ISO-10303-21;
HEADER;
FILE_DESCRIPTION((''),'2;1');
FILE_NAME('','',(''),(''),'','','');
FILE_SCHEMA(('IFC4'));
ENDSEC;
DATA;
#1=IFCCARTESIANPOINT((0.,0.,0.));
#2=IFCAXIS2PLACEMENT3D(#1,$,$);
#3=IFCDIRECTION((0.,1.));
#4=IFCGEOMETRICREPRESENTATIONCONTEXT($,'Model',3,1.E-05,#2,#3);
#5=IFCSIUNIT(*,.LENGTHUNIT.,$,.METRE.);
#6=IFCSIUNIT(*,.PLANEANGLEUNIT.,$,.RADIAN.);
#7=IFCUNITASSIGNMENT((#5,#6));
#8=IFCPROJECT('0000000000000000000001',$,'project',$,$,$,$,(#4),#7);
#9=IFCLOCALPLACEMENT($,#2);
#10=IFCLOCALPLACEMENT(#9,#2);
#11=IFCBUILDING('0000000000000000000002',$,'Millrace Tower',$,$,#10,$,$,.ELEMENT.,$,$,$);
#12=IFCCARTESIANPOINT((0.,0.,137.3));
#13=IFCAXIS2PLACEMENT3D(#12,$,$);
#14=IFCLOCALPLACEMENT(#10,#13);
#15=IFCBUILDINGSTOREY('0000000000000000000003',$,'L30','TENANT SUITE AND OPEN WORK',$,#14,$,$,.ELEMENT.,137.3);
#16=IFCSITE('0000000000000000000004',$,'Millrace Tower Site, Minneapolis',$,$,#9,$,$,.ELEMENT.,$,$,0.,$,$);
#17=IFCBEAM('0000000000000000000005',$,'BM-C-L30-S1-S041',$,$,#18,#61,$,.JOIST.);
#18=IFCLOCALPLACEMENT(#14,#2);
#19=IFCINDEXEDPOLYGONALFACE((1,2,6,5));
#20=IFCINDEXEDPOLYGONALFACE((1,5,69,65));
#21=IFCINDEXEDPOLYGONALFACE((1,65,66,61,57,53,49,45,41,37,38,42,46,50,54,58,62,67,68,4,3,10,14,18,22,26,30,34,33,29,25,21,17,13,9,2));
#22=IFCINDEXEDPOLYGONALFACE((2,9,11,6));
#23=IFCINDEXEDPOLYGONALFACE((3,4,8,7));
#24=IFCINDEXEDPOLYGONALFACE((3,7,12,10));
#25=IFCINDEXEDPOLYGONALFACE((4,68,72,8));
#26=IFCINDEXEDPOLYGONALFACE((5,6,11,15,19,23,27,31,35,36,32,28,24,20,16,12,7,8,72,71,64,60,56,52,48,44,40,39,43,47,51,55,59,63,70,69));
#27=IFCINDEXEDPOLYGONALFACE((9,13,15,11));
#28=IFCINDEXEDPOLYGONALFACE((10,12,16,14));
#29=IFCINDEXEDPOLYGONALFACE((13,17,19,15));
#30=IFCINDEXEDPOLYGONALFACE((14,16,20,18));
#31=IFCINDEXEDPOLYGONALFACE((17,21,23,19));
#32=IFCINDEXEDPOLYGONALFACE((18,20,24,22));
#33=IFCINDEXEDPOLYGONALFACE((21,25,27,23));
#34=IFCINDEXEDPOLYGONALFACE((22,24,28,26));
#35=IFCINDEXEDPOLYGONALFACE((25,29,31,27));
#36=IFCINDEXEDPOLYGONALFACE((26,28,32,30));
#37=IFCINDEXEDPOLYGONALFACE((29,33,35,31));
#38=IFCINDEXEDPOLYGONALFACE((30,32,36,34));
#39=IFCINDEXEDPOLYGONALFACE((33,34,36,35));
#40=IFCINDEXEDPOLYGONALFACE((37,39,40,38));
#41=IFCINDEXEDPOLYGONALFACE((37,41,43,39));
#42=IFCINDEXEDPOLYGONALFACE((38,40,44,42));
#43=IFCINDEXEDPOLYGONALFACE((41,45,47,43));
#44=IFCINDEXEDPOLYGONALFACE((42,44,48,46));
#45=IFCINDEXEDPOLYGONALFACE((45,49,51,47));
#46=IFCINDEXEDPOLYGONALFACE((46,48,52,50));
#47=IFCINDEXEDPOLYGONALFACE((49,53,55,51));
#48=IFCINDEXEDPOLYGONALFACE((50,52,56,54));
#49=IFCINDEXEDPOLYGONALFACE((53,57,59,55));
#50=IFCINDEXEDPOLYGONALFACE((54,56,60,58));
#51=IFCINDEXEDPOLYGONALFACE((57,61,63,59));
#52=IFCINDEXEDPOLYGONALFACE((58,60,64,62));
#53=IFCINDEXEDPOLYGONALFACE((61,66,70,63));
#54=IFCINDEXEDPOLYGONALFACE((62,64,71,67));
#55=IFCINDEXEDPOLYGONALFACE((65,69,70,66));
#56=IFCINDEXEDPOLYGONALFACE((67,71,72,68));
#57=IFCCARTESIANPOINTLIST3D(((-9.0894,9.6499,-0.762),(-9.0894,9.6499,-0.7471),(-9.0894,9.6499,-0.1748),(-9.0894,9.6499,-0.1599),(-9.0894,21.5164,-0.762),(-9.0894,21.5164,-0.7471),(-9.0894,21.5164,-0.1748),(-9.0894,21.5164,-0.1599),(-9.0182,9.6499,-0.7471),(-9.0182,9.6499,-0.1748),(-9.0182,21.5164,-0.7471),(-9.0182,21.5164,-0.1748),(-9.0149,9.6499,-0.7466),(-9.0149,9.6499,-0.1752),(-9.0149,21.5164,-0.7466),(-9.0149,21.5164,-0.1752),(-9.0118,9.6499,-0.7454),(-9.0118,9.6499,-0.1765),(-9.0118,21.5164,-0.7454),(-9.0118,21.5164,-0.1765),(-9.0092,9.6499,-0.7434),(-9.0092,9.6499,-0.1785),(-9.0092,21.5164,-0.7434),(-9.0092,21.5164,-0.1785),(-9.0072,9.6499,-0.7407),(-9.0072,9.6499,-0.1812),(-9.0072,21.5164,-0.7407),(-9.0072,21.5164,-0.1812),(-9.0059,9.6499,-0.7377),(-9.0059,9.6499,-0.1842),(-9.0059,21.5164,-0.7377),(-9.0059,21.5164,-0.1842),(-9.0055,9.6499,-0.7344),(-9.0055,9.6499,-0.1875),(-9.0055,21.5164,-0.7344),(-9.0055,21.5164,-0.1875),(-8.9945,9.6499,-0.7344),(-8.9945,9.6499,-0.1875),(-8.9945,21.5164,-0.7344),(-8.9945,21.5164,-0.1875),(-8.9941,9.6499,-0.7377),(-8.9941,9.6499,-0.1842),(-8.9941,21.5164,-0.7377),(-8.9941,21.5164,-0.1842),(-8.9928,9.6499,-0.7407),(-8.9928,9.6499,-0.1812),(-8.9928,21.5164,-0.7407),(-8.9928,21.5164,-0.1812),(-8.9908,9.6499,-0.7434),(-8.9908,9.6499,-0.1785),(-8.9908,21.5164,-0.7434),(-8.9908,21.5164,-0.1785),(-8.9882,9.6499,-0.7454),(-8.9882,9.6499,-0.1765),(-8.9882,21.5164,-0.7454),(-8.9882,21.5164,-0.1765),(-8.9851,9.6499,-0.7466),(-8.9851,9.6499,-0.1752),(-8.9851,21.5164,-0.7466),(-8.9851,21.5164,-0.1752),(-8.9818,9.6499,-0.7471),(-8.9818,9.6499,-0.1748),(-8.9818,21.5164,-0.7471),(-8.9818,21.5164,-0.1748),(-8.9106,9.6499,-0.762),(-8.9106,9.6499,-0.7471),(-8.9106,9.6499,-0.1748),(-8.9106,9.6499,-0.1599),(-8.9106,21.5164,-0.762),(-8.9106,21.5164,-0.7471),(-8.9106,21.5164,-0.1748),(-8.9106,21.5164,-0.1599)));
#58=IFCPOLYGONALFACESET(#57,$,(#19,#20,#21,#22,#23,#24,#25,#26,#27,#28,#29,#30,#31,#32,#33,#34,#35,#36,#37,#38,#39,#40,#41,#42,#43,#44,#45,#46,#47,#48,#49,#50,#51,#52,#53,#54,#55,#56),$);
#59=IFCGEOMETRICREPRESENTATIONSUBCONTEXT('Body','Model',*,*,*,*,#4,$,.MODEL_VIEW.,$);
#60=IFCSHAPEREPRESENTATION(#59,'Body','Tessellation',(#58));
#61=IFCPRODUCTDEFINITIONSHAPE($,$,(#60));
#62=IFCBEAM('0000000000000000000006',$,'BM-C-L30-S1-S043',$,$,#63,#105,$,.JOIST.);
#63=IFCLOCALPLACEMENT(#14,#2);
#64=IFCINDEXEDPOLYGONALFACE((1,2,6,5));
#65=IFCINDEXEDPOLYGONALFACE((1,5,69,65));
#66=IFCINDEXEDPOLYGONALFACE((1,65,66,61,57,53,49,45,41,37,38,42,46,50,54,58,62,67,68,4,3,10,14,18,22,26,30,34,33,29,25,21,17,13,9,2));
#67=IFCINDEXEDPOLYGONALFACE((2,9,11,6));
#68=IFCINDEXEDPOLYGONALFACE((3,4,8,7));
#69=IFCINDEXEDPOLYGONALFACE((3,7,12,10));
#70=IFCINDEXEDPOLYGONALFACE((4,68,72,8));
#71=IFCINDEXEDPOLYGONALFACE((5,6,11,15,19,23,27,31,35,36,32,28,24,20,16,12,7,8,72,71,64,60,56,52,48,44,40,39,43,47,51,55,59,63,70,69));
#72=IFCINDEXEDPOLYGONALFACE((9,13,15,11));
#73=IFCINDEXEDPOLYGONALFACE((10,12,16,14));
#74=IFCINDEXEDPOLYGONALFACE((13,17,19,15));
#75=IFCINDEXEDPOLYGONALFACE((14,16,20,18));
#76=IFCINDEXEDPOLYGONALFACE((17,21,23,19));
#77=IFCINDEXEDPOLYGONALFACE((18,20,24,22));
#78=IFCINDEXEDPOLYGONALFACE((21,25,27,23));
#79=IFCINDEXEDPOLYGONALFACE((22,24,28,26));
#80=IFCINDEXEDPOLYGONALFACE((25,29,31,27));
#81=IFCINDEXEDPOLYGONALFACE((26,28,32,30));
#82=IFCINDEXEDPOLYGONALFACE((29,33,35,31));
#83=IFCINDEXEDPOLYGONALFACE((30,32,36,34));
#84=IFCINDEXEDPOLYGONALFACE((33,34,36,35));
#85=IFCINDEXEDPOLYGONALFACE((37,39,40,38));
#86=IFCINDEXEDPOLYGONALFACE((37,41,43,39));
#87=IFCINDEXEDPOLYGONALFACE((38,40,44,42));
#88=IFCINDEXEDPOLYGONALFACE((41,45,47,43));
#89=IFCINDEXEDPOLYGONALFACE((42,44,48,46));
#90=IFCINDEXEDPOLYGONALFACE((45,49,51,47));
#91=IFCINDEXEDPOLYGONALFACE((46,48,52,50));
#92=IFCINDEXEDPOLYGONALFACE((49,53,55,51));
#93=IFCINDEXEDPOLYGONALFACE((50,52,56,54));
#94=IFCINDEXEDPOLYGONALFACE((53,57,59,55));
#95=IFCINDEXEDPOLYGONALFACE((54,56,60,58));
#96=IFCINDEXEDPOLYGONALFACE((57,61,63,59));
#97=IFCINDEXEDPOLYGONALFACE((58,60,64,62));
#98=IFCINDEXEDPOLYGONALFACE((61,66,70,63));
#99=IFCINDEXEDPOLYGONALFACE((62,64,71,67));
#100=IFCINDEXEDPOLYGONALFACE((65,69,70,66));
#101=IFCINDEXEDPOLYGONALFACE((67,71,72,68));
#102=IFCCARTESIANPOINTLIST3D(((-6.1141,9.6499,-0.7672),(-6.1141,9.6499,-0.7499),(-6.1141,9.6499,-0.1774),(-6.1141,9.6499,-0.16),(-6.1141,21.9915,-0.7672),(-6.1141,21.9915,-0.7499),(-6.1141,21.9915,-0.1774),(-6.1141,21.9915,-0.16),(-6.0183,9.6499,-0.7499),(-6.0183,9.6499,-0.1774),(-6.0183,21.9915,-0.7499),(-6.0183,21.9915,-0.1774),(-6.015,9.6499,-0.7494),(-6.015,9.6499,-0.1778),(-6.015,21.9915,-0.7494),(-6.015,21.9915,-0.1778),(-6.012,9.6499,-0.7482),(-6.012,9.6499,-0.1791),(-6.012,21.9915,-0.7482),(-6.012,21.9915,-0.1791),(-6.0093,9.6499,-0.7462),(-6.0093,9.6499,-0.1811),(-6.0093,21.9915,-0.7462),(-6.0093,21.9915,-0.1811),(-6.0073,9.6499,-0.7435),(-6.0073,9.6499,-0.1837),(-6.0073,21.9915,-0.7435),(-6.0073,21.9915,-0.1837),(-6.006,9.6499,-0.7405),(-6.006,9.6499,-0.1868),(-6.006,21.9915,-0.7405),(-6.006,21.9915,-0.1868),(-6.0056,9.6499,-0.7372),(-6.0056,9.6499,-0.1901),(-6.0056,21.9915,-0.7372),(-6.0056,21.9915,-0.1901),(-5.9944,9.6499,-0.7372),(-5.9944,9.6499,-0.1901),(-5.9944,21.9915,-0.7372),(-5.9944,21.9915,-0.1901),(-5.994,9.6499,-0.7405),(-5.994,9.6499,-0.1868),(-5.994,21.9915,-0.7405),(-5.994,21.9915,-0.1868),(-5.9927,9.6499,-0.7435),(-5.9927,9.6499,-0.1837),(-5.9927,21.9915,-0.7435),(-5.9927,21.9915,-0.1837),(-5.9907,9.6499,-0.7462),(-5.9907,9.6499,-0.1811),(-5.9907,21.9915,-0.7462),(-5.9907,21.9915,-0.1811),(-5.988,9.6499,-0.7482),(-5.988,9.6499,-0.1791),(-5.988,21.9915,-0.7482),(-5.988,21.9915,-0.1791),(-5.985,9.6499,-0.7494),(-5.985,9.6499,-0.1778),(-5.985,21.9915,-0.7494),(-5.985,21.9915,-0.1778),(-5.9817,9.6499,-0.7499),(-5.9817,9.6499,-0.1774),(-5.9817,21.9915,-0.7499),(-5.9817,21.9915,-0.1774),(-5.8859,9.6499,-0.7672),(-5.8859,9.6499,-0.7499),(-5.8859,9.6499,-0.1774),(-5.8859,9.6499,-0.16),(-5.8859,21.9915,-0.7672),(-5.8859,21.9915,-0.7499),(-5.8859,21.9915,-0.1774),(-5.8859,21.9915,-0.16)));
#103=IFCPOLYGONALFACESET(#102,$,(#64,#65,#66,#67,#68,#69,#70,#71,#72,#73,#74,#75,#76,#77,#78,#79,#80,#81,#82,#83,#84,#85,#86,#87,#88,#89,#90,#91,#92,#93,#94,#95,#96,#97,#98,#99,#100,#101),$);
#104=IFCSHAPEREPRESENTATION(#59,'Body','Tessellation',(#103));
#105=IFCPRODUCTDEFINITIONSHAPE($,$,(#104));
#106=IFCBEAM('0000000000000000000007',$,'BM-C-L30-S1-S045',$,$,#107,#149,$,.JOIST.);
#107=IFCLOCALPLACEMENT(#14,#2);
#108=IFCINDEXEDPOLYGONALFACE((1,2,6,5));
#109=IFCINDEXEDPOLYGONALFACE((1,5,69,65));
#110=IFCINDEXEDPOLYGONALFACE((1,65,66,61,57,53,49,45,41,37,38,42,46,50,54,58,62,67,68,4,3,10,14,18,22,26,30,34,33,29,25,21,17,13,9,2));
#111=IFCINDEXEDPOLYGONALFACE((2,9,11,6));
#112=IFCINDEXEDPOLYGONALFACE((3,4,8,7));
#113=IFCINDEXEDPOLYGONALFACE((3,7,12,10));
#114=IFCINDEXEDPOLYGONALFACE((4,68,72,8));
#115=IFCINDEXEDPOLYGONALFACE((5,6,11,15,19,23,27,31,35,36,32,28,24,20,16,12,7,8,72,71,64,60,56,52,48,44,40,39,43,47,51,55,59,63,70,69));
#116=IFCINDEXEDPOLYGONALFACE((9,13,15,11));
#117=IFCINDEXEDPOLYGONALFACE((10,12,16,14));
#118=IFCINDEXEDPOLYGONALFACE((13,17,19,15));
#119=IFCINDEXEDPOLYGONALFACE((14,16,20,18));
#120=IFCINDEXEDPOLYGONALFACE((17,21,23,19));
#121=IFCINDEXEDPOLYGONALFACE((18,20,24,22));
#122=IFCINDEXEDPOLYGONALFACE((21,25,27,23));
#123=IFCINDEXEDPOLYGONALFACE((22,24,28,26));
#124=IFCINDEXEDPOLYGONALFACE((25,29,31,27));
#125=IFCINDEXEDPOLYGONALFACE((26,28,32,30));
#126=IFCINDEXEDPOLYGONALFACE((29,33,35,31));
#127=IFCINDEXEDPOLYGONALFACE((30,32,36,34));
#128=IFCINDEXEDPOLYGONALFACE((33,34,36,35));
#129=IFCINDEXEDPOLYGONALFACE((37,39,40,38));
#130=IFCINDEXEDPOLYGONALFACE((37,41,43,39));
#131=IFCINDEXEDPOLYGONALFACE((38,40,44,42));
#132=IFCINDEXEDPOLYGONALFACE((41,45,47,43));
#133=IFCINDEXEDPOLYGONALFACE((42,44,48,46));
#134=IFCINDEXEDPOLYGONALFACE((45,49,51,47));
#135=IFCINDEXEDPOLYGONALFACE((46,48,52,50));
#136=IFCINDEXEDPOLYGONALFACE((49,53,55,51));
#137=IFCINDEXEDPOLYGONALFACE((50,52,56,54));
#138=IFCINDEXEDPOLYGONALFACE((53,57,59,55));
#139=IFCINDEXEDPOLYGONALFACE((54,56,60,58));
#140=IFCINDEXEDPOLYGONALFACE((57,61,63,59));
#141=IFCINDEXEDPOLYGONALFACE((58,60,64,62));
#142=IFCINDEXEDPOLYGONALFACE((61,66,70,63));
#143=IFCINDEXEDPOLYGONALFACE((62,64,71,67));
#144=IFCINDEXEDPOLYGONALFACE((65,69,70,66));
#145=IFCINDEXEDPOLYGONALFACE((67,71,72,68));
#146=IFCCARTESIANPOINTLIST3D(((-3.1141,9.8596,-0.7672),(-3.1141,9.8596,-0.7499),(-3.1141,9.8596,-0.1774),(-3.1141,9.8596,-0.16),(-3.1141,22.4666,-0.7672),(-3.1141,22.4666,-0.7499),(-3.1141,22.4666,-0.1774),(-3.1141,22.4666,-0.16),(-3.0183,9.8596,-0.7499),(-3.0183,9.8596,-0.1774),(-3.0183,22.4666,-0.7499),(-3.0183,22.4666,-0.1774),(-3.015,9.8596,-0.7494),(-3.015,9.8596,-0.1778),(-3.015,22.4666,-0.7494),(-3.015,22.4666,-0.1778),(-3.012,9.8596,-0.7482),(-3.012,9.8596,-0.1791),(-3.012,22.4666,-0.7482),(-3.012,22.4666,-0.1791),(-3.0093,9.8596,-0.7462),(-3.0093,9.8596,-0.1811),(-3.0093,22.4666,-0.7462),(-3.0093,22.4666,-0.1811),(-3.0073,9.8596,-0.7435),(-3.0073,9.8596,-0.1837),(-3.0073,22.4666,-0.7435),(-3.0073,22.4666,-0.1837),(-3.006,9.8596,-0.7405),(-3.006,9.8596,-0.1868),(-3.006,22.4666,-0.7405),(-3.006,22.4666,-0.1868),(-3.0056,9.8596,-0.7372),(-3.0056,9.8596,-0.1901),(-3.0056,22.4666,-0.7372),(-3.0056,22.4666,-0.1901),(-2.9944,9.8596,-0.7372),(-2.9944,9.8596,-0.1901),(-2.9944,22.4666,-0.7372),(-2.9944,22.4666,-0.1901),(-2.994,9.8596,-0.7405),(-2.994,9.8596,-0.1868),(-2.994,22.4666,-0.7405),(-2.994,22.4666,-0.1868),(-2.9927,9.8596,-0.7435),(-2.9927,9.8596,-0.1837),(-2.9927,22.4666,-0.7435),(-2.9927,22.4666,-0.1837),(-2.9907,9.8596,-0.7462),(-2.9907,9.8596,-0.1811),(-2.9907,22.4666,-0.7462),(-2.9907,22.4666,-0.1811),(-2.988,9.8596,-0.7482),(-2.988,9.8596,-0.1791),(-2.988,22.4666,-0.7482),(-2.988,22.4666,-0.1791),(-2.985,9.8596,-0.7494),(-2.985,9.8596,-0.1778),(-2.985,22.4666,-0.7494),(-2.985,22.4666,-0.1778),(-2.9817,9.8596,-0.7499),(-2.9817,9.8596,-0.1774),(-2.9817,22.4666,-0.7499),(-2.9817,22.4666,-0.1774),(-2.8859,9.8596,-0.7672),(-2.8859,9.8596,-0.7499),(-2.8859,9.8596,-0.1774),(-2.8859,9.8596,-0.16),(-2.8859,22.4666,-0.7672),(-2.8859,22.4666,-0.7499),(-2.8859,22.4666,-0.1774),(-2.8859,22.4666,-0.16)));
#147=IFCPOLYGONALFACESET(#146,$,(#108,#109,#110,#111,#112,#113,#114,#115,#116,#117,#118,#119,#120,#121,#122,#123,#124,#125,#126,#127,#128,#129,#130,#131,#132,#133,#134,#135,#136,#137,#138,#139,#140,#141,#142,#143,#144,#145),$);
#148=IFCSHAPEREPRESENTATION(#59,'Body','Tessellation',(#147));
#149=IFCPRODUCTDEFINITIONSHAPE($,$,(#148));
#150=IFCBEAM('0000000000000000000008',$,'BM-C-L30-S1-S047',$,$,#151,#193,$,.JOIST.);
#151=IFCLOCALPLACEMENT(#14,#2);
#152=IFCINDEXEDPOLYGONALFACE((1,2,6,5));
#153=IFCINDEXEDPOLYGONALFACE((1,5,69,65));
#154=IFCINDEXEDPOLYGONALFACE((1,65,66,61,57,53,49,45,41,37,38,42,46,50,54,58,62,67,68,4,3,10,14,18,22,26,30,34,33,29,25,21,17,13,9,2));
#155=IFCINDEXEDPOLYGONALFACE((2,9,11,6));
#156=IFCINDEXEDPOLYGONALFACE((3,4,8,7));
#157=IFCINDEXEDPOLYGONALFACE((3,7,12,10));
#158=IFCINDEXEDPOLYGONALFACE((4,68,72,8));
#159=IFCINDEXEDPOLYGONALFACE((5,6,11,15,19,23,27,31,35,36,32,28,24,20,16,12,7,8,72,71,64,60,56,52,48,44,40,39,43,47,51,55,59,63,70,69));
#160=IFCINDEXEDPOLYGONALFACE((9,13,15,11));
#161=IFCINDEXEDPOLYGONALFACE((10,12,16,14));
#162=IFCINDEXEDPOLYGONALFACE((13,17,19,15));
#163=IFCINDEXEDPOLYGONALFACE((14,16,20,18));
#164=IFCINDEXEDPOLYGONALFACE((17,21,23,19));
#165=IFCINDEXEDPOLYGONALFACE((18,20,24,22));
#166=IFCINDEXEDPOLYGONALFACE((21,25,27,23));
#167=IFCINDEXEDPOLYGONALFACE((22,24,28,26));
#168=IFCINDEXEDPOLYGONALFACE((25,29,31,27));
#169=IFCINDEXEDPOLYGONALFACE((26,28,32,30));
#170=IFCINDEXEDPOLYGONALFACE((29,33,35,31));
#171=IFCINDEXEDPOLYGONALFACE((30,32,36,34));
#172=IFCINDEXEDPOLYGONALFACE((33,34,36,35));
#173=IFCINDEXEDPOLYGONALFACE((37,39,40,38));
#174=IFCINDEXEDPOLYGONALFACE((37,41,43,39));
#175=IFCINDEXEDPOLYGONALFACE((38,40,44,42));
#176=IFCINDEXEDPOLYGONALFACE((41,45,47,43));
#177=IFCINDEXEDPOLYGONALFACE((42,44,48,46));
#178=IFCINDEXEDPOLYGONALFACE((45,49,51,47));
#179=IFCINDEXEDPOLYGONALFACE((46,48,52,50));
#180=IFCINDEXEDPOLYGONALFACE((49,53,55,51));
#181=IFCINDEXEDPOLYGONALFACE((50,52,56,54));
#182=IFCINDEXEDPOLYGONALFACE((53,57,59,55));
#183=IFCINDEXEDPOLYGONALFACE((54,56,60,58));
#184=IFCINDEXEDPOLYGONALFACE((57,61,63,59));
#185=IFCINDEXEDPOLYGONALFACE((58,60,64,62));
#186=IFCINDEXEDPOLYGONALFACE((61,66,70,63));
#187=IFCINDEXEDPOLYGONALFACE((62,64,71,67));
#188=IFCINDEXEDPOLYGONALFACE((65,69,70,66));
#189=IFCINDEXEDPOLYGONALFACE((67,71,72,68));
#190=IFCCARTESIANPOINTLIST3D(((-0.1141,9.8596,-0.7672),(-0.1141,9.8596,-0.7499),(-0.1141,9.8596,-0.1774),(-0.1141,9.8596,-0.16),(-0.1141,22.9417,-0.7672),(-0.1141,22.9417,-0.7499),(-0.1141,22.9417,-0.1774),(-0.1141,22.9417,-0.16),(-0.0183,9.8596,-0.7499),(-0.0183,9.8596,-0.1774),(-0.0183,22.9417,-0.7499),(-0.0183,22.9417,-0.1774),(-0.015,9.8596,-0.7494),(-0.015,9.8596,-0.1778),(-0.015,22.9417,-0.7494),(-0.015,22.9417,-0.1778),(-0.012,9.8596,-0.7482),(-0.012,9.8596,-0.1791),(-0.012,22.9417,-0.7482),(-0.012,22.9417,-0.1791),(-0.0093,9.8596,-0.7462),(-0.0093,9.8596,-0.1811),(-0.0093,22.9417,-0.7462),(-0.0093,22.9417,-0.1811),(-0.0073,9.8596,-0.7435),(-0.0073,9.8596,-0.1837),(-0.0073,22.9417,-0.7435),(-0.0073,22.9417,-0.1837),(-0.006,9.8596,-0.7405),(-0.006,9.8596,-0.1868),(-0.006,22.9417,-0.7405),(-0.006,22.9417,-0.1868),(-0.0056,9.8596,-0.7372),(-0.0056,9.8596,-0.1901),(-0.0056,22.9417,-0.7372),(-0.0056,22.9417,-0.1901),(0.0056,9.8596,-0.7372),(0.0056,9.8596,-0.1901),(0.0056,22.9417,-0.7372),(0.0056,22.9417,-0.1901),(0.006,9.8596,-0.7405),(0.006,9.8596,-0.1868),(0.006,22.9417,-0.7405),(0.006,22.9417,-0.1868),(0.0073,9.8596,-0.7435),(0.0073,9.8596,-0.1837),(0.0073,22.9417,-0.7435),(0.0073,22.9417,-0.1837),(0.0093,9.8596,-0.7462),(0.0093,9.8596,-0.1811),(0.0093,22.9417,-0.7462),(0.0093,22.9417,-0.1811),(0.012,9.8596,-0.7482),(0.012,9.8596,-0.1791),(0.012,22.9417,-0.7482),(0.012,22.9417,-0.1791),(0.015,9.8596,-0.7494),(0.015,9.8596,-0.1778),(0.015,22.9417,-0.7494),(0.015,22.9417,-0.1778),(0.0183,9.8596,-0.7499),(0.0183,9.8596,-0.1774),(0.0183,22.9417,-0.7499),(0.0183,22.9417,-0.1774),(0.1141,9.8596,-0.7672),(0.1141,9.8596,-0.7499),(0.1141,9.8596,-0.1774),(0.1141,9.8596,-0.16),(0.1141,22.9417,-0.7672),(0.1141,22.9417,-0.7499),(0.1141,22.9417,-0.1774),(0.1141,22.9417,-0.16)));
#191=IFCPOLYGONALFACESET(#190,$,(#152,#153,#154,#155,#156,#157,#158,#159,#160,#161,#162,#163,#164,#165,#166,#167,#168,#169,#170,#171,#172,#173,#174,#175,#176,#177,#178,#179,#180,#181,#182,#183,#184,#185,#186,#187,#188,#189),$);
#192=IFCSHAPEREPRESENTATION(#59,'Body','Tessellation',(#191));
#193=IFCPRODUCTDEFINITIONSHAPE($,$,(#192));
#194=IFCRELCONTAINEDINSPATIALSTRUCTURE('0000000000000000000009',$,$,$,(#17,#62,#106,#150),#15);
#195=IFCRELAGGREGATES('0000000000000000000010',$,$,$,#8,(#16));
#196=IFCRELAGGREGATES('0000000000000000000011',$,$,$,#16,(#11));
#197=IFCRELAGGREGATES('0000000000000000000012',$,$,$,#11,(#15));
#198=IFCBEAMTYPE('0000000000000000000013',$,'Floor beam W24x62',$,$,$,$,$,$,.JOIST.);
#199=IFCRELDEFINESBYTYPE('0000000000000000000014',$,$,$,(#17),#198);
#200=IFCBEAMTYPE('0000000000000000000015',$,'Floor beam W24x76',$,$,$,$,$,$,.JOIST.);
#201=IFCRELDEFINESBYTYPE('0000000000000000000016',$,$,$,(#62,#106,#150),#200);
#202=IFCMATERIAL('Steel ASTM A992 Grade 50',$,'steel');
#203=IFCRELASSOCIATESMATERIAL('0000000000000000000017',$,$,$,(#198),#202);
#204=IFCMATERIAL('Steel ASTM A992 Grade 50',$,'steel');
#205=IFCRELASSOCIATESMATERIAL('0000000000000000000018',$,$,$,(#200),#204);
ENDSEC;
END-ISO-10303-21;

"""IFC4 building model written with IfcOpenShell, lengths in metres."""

from ifc_helpers import new_model, si_unit, direction, frame, origin, origin_2d, place, context, subcontext, project, spatial, i_section, extrude, material, material_profile, profile_set, type_object, element, save


model = new_model("IFC4")

# Units and contexts
model_context = context("Model", 3, precision=1e-05, world=origin(), true_north=direction((0.0, 1.0)))
body_context = subcontext(model_context, "Body", "Model", "MODEL_VIEW")
ifc_project = project(units=[si_unit("LENGTHUNIT", "METRE"), si_unit("PLANEANGLEUNIT", "RADIAN")], contexts=[model_context])

# Site, building, storey
site_placement = place(None, origin())
site = spatial("IfcSite", under=ifc_project, at=site_placement, Name="Millrace Tower Site, Minneapolis", CompositionType="ELEMENT", RefElevation=0.0)
building_placement = place(site_placement, origin())
building = spatial("IfcBuilding", under=site, at=building_placement, Name="Millrace Tower", CompositionType="ELEMENT")
storey_placement = place(building_placement, frame((0.0, 0.0, 137.3)))
storey = spatial("IfcBuildingStorey", under=building, at=storey_placement, Name="L30", Description="TENANT SUITE AND OPEN WORK", CompositionType="ELEMENT", Elevation=137.3)

# Beams
ifc_material_1 = material(Name="Steel ASTM A992 Grade 50", Category="steel")
ifc_material_profile_1 = material_profile(ifc_material_1, i_section(OverallWidth=0.1787, OverallDepth=0.6021, WebThickness=0.011, FlangeThickness=0.0149, FilletRadius=0.0127, at=origin_2d()))
ifc_profile_set_1 = profile_set([ifc_material_profile_1], Name="Steel ASTM A992 Grade 50")
beam_type_1 = type_object("IfcBeamType", Name="Floor beam W24x62", PredefinedType="JOIST", material=ifc_profile_set_1)
beam_1_placement = place(storey_placement, frame((-9.0, 9.6499, -0.4609), z_axis=(0.0, 1.0, 0.0), x_axis=(-1.0, 0.0, 0.0)))
element("IfcBeam", 1, at=beam_1_placement, inside=storey, type_object=beam_type_1, Name="BM-C-L30-S1-S041", PredefinedType="JOIST", context=body_context, shape_type="SweptSolid", body=[
    extrude(i_section(OverallWidth=0.1787, OverallDepth=0.6021, WebThickness=0.011, FlangeThickness=0.0149, FilletRadius=0.0127, at=origin_2d()), origin(), (0.0, 0.0, 1.0), 11.8665),
])
ifc_material_2 = material(Name="Steel ASTM A992 Grade 50", Category="steel")
ifc_material_profile_2 = material_profile(ifc_material_2, i_section(OverallWidth=0.2283, OverallDepth=0.6072, WebThickness=0.0112, FlangeThickness=0.0173, FilletRadius=0.0127, at=origin_2d()))
ifc_profile_set_2 = profile_set([ifc_material_profile_2], Name="Steel ASTM A992 Grade 50")
beam_type_2 = type_object("IfcBeamType", Name="Floor beam W24x76", PredefinedType="JOIST", material=ifc_profile_set_2)
beam_2_placement = place(storey_placement, frame((-6.0, 9.6499, -0.4636), z_axis=(0.0, 1.0, 0.0), x_axis=(-1.0, 0.0, 0.0)))
element("IfcBeam", 2, at=beam_2_placement, inside=storey, type_object=beam_type_2, Name="BM-C-L30-S1-S043", PredefinedType="JOIST", context=body_context, shape_type="SweptSolid", body=[
    extrude(i_section(OverallWidth=0.2283, OverallDepth=0.6072, WebThickness=0.0112, FlangeThickness=0.0173, FilletRadius=0.0127, at=origin_2d()), origin(), (0.0, 0.0, 1.0), 12.3416),
])
beam_3_placement = place(storey_placement, frame((-3.0, 9.8596, -0.4636), z_axis=(0.0, 1.0, 0.0), x_axis=(-1.0, 0.0, 0.0)))
element("IfcBeam", 3, at=beam_3_placement, inside=storey, type_object=beam_type_2, Name="BM-C-L30-S1-S045", PredefinedType="JOIST", context=body_context, shape_type="SweptSolid", body=[
    extrude(i_section(OverallWidth=0.2283, OverallDepth=0.6072, WebThickness=0.0112, FlangeThickness=0.0173, FilletRadius=0.0127, at=origin_2d()), origin(), (0.0, 0.0, 1.0), 12.6069),
])
beam_4_placement = place(storey_placement, frame((0.0, 9.8596, -0.4636), z_axis=(0.0, 1.0, 0.0), x_axis=(-1.0, 0.0, 0.0)))
element("IfcBeam", 4, at=beam_4_placement, inside=storey, type_object=beam_type_2, Name="BM-C-L30-S1-S047", PredefinedType="JOIST", context=body_context, shape_type="SweptSolid", body=[
    extrude(i_section(OverallWidth=0.2283, OverallDepth=0.6072, WebThickness=0.0112, FlangeThickness=0.0173, FilletRadius=0.0127, at=origin_2d()), origin(), (0.0, 0.0, 1.0), 13.082),
])

save(model, "model.ifc")
